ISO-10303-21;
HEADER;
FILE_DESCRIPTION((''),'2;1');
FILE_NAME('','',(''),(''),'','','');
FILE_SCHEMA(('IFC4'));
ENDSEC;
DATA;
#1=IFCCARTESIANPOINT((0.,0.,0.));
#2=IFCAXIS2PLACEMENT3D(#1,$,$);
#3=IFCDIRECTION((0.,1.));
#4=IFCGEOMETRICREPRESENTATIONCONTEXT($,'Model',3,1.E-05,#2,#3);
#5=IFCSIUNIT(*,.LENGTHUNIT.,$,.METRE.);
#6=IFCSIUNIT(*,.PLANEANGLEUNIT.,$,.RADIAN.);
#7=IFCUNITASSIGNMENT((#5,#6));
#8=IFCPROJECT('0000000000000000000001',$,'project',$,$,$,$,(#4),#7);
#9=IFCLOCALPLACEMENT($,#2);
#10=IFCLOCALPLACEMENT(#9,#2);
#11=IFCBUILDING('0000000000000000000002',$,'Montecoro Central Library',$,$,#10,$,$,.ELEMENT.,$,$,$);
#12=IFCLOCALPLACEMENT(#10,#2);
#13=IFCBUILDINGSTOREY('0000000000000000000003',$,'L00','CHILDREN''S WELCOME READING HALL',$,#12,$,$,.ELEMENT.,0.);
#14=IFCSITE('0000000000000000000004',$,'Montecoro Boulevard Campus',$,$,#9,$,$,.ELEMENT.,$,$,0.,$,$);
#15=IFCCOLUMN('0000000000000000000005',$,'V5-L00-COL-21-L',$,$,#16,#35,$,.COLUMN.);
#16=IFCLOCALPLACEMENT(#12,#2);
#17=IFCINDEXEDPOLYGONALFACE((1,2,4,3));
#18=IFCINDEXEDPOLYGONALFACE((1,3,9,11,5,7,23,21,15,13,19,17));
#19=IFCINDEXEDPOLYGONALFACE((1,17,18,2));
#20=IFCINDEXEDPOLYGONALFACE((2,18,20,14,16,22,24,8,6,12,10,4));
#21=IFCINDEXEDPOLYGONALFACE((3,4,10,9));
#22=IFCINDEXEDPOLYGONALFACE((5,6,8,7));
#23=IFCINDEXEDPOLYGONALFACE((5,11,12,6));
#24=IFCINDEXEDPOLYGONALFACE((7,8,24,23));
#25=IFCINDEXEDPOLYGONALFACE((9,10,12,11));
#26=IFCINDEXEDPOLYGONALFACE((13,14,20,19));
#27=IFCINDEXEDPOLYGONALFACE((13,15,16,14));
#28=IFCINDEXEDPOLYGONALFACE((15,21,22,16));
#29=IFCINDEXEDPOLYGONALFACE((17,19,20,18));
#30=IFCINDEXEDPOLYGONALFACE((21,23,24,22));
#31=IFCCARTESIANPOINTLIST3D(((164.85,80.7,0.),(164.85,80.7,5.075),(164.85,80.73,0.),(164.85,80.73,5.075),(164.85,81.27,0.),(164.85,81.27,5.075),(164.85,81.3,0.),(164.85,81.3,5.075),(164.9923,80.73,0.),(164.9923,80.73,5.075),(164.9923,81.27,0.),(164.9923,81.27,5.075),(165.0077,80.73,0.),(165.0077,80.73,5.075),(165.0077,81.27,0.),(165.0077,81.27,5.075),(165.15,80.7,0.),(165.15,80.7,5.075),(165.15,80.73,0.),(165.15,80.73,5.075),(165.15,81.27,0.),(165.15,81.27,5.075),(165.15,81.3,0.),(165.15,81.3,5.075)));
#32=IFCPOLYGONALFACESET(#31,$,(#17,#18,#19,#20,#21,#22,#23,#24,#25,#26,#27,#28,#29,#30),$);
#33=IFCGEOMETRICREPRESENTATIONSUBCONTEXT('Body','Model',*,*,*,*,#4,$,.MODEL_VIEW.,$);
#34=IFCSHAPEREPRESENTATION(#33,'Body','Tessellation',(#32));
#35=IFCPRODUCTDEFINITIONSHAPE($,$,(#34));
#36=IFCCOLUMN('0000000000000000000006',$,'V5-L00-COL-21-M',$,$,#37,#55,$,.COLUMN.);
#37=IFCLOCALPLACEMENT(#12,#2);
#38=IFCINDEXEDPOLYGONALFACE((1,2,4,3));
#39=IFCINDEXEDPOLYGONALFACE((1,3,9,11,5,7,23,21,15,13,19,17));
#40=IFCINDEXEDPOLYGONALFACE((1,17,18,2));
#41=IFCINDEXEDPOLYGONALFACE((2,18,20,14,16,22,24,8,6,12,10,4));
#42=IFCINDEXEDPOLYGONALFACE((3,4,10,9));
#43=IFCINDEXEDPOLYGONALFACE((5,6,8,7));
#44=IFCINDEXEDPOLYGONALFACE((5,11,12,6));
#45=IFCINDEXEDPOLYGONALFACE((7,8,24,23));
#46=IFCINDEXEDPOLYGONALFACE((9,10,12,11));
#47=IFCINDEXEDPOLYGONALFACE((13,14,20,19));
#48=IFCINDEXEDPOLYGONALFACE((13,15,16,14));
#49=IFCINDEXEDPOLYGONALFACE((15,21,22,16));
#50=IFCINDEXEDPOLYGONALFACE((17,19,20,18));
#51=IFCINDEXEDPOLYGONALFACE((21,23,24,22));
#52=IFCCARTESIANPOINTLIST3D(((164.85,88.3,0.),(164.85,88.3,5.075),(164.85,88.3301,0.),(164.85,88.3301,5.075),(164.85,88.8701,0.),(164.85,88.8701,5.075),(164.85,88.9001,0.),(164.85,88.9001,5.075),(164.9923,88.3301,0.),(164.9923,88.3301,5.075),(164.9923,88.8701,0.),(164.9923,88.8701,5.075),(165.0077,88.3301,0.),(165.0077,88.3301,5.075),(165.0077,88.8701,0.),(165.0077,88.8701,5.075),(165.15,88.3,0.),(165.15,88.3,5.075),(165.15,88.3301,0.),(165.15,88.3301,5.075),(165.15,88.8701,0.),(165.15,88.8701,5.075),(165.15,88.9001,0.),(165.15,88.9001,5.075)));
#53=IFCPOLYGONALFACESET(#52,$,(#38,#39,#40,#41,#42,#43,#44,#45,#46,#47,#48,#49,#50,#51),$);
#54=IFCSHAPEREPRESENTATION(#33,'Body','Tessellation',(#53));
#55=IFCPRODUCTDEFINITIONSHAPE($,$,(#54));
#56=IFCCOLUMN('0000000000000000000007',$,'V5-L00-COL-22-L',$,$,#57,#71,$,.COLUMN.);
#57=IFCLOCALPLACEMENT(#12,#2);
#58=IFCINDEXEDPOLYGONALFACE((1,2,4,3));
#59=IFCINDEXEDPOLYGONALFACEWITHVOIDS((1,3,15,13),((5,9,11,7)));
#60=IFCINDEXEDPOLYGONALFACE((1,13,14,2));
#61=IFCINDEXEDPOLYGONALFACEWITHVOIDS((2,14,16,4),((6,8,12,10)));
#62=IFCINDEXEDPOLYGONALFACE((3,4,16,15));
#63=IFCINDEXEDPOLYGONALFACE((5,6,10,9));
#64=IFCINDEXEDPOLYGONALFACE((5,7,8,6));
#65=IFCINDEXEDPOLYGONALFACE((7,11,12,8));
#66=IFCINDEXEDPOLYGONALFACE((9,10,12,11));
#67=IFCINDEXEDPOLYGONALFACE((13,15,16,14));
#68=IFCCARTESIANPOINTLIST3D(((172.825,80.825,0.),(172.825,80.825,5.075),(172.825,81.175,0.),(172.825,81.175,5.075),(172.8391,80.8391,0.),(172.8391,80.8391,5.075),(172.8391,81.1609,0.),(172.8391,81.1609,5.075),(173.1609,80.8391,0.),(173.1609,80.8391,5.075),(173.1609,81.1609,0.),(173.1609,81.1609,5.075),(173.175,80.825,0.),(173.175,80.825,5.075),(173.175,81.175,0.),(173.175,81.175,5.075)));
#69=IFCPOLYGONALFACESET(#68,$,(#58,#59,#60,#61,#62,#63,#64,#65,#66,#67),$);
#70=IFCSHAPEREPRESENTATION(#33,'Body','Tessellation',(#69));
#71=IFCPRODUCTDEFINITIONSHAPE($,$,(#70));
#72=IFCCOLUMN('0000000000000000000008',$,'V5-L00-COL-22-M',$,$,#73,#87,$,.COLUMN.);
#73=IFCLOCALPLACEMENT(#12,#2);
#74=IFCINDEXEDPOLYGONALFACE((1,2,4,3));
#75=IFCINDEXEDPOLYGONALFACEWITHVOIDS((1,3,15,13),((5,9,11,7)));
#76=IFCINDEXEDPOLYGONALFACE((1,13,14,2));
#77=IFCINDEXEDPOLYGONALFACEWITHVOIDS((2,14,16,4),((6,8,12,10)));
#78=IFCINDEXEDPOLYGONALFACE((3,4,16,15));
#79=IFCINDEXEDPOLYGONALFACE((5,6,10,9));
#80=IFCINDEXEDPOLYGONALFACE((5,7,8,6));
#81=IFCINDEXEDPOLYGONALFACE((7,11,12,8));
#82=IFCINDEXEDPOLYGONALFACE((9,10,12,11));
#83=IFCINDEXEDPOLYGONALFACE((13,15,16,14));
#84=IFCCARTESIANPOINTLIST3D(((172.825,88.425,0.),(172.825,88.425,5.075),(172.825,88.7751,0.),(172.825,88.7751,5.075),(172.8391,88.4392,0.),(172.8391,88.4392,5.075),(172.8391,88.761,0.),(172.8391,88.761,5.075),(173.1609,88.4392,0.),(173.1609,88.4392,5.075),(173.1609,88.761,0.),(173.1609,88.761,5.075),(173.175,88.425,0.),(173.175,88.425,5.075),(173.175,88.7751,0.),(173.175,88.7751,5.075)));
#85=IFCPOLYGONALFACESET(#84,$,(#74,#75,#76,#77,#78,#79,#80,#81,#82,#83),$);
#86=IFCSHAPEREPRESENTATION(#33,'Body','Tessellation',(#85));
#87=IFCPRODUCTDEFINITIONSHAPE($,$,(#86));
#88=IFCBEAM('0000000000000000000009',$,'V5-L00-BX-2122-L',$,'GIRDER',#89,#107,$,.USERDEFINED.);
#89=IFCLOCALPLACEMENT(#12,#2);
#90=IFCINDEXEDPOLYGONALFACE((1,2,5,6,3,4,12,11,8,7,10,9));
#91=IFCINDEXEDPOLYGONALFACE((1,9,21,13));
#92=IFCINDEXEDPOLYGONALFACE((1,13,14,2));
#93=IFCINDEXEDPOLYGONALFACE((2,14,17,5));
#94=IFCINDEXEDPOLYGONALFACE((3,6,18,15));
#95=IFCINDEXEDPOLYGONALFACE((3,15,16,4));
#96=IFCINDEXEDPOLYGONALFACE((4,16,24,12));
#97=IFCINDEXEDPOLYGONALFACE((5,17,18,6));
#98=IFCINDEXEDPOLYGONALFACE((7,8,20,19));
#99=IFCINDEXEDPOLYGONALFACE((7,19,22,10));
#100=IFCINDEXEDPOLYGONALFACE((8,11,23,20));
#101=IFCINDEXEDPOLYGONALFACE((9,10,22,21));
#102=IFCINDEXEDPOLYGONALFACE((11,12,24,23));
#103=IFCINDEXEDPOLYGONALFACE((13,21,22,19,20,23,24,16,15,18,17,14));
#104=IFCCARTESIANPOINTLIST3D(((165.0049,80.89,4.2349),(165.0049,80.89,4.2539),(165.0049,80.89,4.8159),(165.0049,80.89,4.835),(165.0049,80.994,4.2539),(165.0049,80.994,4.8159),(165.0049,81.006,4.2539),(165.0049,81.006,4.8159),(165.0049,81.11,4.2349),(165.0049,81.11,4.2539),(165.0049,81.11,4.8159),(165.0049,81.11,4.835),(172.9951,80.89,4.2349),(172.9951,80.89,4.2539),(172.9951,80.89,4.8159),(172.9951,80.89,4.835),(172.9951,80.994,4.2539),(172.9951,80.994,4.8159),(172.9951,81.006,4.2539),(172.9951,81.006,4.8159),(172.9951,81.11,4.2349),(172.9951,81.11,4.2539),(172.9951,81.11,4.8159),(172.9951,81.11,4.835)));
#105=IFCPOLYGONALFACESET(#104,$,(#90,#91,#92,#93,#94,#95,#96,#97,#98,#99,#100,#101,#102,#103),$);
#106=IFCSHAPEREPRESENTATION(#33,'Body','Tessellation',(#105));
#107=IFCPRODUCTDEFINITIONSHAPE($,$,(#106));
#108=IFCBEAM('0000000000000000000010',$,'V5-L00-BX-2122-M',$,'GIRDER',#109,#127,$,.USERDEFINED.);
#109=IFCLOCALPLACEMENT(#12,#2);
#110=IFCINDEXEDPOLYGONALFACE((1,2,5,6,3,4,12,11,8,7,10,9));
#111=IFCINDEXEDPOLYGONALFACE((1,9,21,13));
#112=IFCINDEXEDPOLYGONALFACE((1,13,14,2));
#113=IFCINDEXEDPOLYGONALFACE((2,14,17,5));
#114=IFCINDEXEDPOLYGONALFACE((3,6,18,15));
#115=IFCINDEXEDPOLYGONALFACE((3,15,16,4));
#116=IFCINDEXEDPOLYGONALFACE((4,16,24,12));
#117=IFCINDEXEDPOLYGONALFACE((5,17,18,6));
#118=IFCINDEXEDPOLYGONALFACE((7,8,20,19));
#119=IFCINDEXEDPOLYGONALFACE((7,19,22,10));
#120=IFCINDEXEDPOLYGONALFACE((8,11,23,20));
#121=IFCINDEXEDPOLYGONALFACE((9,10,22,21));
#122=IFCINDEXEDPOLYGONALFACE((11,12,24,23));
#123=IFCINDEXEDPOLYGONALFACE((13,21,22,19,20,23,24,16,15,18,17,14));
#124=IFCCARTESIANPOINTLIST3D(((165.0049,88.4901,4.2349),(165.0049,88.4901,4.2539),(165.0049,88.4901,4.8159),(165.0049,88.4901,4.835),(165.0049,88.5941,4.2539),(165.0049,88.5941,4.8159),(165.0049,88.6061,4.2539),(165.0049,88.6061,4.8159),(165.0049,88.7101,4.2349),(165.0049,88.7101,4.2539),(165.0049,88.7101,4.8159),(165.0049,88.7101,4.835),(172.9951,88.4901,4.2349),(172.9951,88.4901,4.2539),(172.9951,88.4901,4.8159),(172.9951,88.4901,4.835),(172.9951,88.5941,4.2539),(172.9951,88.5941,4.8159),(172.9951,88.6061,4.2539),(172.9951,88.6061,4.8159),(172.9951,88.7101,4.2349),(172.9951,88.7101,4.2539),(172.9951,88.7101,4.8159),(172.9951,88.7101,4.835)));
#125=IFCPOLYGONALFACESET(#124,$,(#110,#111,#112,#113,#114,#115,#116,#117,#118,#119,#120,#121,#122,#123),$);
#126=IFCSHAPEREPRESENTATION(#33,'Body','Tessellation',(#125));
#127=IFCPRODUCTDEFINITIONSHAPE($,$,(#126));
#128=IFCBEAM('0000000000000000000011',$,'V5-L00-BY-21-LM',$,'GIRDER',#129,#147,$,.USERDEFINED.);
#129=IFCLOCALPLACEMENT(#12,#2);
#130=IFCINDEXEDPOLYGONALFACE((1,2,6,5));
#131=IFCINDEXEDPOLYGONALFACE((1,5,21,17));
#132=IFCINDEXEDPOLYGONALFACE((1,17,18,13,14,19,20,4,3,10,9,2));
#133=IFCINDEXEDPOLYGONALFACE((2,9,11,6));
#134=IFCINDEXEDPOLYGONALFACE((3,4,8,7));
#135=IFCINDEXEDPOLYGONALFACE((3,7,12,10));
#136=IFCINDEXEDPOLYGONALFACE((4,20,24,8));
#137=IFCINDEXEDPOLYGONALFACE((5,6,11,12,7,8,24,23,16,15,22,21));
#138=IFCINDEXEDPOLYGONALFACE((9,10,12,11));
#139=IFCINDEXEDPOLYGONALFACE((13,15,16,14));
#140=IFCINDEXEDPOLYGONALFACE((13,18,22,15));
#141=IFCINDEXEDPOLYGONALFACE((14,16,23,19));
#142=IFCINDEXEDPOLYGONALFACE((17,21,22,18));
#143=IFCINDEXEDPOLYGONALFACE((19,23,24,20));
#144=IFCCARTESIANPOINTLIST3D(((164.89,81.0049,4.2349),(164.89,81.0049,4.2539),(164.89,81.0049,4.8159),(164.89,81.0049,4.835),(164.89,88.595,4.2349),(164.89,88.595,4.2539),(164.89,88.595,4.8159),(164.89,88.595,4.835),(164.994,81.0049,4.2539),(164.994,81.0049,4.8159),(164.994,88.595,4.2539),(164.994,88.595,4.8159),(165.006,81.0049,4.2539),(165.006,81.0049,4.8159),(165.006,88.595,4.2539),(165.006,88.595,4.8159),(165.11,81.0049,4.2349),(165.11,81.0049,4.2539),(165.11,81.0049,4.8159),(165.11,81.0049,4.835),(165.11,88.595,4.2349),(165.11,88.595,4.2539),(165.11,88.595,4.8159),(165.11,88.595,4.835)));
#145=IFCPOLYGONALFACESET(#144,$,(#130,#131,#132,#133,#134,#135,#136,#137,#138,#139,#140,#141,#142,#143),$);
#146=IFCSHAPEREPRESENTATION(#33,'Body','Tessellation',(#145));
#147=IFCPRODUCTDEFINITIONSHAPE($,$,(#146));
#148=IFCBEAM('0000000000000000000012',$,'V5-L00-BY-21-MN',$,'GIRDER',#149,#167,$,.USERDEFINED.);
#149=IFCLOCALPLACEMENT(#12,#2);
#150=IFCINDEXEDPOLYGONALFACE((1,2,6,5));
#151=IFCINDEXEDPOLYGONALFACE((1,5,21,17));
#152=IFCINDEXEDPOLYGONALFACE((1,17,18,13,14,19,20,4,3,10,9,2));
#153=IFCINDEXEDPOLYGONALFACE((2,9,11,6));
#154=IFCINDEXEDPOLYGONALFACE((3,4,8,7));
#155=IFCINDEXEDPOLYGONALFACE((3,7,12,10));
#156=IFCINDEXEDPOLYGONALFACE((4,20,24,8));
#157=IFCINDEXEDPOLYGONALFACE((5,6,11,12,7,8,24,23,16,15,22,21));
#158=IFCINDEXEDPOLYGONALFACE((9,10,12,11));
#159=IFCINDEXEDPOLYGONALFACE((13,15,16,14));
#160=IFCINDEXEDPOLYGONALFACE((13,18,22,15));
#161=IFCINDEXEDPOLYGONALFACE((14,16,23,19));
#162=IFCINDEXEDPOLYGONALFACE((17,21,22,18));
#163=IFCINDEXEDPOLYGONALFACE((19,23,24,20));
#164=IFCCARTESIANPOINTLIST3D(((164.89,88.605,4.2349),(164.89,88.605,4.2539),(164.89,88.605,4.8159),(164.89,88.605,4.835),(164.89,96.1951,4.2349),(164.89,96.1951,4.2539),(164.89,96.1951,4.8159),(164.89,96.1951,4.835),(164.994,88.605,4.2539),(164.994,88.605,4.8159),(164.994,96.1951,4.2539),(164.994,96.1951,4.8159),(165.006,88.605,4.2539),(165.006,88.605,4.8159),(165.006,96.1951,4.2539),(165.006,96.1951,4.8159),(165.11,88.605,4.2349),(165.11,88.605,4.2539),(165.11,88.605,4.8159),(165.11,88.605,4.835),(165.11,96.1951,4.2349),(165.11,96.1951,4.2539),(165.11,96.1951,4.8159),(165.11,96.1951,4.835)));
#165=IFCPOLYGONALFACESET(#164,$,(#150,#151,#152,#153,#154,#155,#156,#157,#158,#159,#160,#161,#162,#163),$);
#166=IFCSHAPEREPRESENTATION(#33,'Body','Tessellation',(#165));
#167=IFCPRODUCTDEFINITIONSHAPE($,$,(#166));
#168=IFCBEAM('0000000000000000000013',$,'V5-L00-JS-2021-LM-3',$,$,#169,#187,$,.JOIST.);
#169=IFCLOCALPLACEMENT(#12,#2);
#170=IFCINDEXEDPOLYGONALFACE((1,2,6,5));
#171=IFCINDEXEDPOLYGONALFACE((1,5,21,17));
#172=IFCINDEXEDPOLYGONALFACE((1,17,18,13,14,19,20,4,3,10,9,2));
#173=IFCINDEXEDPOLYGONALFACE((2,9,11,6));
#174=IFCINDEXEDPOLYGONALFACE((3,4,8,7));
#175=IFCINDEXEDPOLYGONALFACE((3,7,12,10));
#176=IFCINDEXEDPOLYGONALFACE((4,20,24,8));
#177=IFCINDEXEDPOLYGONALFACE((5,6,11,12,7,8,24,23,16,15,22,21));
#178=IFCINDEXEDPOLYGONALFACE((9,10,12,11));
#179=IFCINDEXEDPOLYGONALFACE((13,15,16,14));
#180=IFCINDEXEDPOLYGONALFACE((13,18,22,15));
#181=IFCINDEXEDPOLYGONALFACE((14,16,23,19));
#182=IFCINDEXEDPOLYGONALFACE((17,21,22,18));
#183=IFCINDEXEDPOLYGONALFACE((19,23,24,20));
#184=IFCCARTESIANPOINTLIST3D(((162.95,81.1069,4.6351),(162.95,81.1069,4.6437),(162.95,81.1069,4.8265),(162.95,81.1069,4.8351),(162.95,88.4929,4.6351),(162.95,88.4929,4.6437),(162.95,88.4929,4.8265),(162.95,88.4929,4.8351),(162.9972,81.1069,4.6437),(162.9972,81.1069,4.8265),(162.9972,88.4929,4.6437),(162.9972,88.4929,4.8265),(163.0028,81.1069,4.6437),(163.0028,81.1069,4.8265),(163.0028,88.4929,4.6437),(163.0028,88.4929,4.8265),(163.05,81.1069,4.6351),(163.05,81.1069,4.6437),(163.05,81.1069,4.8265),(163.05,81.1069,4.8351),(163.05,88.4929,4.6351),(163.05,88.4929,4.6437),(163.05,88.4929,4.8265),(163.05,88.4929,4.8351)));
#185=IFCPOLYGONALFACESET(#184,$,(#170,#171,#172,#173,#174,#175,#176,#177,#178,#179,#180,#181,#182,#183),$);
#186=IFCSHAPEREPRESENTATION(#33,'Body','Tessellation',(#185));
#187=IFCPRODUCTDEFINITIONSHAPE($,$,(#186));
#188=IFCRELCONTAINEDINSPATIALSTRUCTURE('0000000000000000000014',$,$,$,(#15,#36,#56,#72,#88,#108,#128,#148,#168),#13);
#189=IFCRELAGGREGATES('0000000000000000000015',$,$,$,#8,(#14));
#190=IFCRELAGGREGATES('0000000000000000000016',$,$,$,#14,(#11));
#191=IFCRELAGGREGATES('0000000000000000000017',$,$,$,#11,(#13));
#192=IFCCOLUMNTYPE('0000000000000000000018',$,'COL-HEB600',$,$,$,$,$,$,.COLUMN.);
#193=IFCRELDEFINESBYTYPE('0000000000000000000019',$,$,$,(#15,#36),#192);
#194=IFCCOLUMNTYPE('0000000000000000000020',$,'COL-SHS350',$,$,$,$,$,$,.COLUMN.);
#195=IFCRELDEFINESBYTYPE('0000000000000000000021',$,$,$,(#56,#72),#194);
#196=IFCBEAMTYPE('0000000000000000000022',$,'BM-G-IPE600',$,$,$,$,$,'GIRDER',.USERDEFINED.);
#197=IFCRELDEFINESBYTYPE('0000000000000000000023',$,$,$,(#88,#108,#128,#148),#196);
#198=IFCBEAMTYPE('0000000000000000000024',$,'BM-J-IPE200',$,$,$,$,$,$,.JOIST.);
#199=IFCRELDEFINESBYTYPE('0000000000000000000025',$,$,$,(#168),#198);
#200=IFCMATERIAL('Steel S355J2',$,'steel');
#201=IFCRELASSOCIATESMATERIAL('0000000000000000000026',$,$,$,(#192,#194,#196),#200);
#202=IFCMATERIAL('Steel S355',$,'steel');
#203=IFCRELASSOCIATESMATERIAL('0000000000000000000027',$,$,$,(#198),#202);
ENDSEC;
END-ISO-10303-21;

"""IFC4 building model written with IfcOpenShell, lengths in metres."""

from ifc_helpers import new_model, si_unit, direction, frame, origin, origin_2d, place, context, subcontext, project, spatial, hollow_rectangle, i_section, extrude, material, material_profile, profile_set, type_object, element, save


model = new_model("IFC4")

# Units and contexts
model_context = context("Model", 3, precision=1e-05, world=origin(), true_north=direction((0.0, 1.0)))
body_context = subcontext(model_context, "Body", "Model", "MODEL_VIEW")
ifc_project = project(units=[si_unit("LENGTHUNIT", "METRE"), si_unit("PLANEANGLEUNIT", "RADIAN")], contexts=[model_context])

# Site, building, storey
site_placement = place(None, origin())
site = spatial("IfcSite", under=ifc_project, at=site_placement, Name="Montecoro Boulevard Campus", CompositionType="ELEMENT", RefElevation=0.0)
building_placement = place(site_placement, origin())
building = spatial("IfcBuilding", under=site, at=building_placement, Name="Montecoro Central Library", CompositionType="ELEMENT")
storey_placement = place(building_placement, origin())
storey = spatial("IfcBuildingStorey", under=building, at=storey_placement, Name="L00", Description="CHILDREN'S WELCOME READING HALL", CompositionType="ELEMENT", Elevation=0.0)

# Columns
ifc_material_1 = material(Name="Steel S355J2", Category="steel")
ifc_material_profile_1 = material_profile(ifc_material_1, i_section(OverallWidth=0.3, OverallDepth=0.6001, WebThickness=0.0154, FlangeThickness=0.03, at=origin_2d()), Name="HEB 600")
ifc_profile_set_1 = profile_set([ifc_material_profile_1], Name="Steel S355J2")
column_type_1 = type_object("IfcColumnType", Name="COL-HEB600", PredefinedType="COLUMN", material=ifc_profile_set_1)
for number, where, z_axis, x_axis, name in (
    (1, (165.0, 81.0, 0.0), (0.0, 0.0, 1.0), (1.0, 0.0, 0.0), "V5-L00-COL-21-L"),
    (2, (165.0, 88.6001, 0.0), (0.0, 0.0, 1.0), (1.0, 0.0, 0.0), "V5-L00-COL-21-M"),
):
    element("IfcColumn", number, at=place(storey_placement, frame(where, z_axis=z_axis, x_axis=x_axis)), inside=storey, type_object=column_type_1, Name=name, PredefinedType="COLUMN", context=body_context, shape_type="SweptSolid", body=[
        extrude(i_section(OverallWidth=0.3, OverallDepth=0.6001, WebThickness=0.0154, FlangeThickness=0.03, at=origin_2d()), origin(), (0.0, 0.0, 1.0), 5.075),
    ])
ifc_material_profile_2 = material_profile(ifc_material_1, hollow_rectangle(XDim=0.3501, YDim=0.3501, WallThickness=0.0142, at=origin_2d()), Name="SHS 350x350x14.2")
ifc_profile_set_2 = profile_set([ifc_material_profile_2], Name="Steel S355J2")
column_type_2 = type_object("IfcColumnType", Name="COL-SHS350", PredefinedType="COLUMN", material=ifc_profile_set_2)
for number, where, z_axis, x_axis, name in (
    (3, (173.0, 81.0, 0.0), (0.0, 0.0, 1.0), (1.0, 0.0, 0.0), "V5-L00-COL-22-L"),
    (4, (173.0, 88.6001, 0.0), (0.0, 0.0, 1.0), (1.0, 0.0, 0.0), "V5-L00-COL-22-M"),
):
    element("IfcColumn", number, at=place(storey_placement, frame(where, z_axis=z_axis, x_axis=x_axis)), inside=storey, type_object=column_type_2, Name=name, PredefinedType="COLUMN", context=body_context, shape_type="SweptSolid", body=[
        extrude(hollow_rectangle(XDim=0.3501, YDim=0.3501, WallThickness=0.0142, at=origin_2d()), origin(), (0.0, 0.0, 1.0), 5.075),
    ])

# Beams
ifc_material_profile_3 = material_profile(ifc_material_1, i_section(OverallWidth=0.22, OverallDepth=0.6001, WebThickness=0.012, FlangeThickness=0.019, at=origin_2d()), Name="IPE 600")
ifc_profile_set_3 = profile_set([ifc_material_profile_3], Name="Steel S355J2")
beam_type_1 = type_object("IfcBeamType", Name="BM-G-IPE600", ElementType="GIRDER", PredefinedType="USERDEFINED", material=ifc_profile_set_3)
for number, where, z_axis, x_axis, name in (
    (5, (165.0049, 81.0, 4.5349), (1.0, 0.0, 0.0), (0.0, 1.0, 0.0), "V5-L00-BX-2122-L"),
    (6, (165.0049, 88.6001, 4.5349), (1.0, 0.0, 0.0), (0.0, 1.0, 0.0), "V5-L00-BX-2122-M"),
):
    element("IfcBeam", number, at=place(storey_placement, frame(where, z_axis=z_axis, x_axis=x_axis)), inside=storey, type_object=beam_type_1, Name=name, ObjectType="GIRDER", PredefinedType="USERDEFINED", context=body_context, shape_type="SweptSolid", body=[
        extrude(i_section(OverallWidth=0.22, OverallDepth=0.6001, WebThickness=0.012, FlangeThickness=0.019, at=origin_2d()), origin(), (0.0, 0.0, 1.0), 7.9902),
    ])
for number, where, z_axis, x_axis, name in (
    (7, (165.0, 81.0049, 4.5349), (0.0, 1.0, 0.0), (-1.0, 0.0, 0.0), "V5-L00-BY-21-LM"),
    (8, (165.0, 88.605, 4.5349), (0.0, 1.0, 0.0), (-1.0, 0.0, 0.0), "V5-L00-BY-21-MN"),
):
    element("IfcBeam", number, at=place(storey_placement, frame(where, z_axis=z_axis, x_axis=x_axis)), inside=storey, type_object=beam_type_1, Name=name, ObjectType="GIRDER", PredefinedType="USERDEFINED", context=body_context, shape_type="SweptSolid", body=[
        extrude(i_section(OverallWidth=0.22, OverallDepth=0.6001, WebThickness=0.012, FlangeThickness=0.019, at=origin_2d()), origin(), (0.0, 0.0, 1.0), 7.5901),
    ])
ifc_material_2 = material(Name="Steel S355", Category="steel")
ifc_material_profile_4 = material_profile(ifc_material_2, i_section(OverallWidth=0.1001, OverallDepth=0.2, WebThickness=0.0056, FlangeThickness=0.0085, at=origin_2d()), Name="IPE 200")
ifc_profile_set_4 = profile_set([ifc_material_profile_4], Name="Steel S355")
beam_type_2 = type_object("IfcBeamType", Name="BM-J-IPE200", PredefinedType="JOIST", material=ifc_profile_set_4)
for number, where, z_axis, x_axis, name in (
    (9, (163.0, 81.1069, 4.7351), (0.0, 1.0, 0.0), (-1.0, 0.0, 0.0), "V5-L00-JS-2021-LM-3"),
):
    element("IfcBeam", number, at=place(storey_placement, frame(where, z_axis=z_axis, x_axis=x_axis)), inside=storey, type_object=beam_type_2, Name=name, PredefinedType="JOIST", context=body_context, shape_type="SweptSolid", body=[
        extrude(i_section(OverallWidth=0.1001, OverallDepth=0.2, WebThickness=0.0056, FlangeThickness=0.0085, at=origin_2d()), origin(), (0.0, 0.0, 1.0), 7.386),
    ])

save(model, "model.ifc")
